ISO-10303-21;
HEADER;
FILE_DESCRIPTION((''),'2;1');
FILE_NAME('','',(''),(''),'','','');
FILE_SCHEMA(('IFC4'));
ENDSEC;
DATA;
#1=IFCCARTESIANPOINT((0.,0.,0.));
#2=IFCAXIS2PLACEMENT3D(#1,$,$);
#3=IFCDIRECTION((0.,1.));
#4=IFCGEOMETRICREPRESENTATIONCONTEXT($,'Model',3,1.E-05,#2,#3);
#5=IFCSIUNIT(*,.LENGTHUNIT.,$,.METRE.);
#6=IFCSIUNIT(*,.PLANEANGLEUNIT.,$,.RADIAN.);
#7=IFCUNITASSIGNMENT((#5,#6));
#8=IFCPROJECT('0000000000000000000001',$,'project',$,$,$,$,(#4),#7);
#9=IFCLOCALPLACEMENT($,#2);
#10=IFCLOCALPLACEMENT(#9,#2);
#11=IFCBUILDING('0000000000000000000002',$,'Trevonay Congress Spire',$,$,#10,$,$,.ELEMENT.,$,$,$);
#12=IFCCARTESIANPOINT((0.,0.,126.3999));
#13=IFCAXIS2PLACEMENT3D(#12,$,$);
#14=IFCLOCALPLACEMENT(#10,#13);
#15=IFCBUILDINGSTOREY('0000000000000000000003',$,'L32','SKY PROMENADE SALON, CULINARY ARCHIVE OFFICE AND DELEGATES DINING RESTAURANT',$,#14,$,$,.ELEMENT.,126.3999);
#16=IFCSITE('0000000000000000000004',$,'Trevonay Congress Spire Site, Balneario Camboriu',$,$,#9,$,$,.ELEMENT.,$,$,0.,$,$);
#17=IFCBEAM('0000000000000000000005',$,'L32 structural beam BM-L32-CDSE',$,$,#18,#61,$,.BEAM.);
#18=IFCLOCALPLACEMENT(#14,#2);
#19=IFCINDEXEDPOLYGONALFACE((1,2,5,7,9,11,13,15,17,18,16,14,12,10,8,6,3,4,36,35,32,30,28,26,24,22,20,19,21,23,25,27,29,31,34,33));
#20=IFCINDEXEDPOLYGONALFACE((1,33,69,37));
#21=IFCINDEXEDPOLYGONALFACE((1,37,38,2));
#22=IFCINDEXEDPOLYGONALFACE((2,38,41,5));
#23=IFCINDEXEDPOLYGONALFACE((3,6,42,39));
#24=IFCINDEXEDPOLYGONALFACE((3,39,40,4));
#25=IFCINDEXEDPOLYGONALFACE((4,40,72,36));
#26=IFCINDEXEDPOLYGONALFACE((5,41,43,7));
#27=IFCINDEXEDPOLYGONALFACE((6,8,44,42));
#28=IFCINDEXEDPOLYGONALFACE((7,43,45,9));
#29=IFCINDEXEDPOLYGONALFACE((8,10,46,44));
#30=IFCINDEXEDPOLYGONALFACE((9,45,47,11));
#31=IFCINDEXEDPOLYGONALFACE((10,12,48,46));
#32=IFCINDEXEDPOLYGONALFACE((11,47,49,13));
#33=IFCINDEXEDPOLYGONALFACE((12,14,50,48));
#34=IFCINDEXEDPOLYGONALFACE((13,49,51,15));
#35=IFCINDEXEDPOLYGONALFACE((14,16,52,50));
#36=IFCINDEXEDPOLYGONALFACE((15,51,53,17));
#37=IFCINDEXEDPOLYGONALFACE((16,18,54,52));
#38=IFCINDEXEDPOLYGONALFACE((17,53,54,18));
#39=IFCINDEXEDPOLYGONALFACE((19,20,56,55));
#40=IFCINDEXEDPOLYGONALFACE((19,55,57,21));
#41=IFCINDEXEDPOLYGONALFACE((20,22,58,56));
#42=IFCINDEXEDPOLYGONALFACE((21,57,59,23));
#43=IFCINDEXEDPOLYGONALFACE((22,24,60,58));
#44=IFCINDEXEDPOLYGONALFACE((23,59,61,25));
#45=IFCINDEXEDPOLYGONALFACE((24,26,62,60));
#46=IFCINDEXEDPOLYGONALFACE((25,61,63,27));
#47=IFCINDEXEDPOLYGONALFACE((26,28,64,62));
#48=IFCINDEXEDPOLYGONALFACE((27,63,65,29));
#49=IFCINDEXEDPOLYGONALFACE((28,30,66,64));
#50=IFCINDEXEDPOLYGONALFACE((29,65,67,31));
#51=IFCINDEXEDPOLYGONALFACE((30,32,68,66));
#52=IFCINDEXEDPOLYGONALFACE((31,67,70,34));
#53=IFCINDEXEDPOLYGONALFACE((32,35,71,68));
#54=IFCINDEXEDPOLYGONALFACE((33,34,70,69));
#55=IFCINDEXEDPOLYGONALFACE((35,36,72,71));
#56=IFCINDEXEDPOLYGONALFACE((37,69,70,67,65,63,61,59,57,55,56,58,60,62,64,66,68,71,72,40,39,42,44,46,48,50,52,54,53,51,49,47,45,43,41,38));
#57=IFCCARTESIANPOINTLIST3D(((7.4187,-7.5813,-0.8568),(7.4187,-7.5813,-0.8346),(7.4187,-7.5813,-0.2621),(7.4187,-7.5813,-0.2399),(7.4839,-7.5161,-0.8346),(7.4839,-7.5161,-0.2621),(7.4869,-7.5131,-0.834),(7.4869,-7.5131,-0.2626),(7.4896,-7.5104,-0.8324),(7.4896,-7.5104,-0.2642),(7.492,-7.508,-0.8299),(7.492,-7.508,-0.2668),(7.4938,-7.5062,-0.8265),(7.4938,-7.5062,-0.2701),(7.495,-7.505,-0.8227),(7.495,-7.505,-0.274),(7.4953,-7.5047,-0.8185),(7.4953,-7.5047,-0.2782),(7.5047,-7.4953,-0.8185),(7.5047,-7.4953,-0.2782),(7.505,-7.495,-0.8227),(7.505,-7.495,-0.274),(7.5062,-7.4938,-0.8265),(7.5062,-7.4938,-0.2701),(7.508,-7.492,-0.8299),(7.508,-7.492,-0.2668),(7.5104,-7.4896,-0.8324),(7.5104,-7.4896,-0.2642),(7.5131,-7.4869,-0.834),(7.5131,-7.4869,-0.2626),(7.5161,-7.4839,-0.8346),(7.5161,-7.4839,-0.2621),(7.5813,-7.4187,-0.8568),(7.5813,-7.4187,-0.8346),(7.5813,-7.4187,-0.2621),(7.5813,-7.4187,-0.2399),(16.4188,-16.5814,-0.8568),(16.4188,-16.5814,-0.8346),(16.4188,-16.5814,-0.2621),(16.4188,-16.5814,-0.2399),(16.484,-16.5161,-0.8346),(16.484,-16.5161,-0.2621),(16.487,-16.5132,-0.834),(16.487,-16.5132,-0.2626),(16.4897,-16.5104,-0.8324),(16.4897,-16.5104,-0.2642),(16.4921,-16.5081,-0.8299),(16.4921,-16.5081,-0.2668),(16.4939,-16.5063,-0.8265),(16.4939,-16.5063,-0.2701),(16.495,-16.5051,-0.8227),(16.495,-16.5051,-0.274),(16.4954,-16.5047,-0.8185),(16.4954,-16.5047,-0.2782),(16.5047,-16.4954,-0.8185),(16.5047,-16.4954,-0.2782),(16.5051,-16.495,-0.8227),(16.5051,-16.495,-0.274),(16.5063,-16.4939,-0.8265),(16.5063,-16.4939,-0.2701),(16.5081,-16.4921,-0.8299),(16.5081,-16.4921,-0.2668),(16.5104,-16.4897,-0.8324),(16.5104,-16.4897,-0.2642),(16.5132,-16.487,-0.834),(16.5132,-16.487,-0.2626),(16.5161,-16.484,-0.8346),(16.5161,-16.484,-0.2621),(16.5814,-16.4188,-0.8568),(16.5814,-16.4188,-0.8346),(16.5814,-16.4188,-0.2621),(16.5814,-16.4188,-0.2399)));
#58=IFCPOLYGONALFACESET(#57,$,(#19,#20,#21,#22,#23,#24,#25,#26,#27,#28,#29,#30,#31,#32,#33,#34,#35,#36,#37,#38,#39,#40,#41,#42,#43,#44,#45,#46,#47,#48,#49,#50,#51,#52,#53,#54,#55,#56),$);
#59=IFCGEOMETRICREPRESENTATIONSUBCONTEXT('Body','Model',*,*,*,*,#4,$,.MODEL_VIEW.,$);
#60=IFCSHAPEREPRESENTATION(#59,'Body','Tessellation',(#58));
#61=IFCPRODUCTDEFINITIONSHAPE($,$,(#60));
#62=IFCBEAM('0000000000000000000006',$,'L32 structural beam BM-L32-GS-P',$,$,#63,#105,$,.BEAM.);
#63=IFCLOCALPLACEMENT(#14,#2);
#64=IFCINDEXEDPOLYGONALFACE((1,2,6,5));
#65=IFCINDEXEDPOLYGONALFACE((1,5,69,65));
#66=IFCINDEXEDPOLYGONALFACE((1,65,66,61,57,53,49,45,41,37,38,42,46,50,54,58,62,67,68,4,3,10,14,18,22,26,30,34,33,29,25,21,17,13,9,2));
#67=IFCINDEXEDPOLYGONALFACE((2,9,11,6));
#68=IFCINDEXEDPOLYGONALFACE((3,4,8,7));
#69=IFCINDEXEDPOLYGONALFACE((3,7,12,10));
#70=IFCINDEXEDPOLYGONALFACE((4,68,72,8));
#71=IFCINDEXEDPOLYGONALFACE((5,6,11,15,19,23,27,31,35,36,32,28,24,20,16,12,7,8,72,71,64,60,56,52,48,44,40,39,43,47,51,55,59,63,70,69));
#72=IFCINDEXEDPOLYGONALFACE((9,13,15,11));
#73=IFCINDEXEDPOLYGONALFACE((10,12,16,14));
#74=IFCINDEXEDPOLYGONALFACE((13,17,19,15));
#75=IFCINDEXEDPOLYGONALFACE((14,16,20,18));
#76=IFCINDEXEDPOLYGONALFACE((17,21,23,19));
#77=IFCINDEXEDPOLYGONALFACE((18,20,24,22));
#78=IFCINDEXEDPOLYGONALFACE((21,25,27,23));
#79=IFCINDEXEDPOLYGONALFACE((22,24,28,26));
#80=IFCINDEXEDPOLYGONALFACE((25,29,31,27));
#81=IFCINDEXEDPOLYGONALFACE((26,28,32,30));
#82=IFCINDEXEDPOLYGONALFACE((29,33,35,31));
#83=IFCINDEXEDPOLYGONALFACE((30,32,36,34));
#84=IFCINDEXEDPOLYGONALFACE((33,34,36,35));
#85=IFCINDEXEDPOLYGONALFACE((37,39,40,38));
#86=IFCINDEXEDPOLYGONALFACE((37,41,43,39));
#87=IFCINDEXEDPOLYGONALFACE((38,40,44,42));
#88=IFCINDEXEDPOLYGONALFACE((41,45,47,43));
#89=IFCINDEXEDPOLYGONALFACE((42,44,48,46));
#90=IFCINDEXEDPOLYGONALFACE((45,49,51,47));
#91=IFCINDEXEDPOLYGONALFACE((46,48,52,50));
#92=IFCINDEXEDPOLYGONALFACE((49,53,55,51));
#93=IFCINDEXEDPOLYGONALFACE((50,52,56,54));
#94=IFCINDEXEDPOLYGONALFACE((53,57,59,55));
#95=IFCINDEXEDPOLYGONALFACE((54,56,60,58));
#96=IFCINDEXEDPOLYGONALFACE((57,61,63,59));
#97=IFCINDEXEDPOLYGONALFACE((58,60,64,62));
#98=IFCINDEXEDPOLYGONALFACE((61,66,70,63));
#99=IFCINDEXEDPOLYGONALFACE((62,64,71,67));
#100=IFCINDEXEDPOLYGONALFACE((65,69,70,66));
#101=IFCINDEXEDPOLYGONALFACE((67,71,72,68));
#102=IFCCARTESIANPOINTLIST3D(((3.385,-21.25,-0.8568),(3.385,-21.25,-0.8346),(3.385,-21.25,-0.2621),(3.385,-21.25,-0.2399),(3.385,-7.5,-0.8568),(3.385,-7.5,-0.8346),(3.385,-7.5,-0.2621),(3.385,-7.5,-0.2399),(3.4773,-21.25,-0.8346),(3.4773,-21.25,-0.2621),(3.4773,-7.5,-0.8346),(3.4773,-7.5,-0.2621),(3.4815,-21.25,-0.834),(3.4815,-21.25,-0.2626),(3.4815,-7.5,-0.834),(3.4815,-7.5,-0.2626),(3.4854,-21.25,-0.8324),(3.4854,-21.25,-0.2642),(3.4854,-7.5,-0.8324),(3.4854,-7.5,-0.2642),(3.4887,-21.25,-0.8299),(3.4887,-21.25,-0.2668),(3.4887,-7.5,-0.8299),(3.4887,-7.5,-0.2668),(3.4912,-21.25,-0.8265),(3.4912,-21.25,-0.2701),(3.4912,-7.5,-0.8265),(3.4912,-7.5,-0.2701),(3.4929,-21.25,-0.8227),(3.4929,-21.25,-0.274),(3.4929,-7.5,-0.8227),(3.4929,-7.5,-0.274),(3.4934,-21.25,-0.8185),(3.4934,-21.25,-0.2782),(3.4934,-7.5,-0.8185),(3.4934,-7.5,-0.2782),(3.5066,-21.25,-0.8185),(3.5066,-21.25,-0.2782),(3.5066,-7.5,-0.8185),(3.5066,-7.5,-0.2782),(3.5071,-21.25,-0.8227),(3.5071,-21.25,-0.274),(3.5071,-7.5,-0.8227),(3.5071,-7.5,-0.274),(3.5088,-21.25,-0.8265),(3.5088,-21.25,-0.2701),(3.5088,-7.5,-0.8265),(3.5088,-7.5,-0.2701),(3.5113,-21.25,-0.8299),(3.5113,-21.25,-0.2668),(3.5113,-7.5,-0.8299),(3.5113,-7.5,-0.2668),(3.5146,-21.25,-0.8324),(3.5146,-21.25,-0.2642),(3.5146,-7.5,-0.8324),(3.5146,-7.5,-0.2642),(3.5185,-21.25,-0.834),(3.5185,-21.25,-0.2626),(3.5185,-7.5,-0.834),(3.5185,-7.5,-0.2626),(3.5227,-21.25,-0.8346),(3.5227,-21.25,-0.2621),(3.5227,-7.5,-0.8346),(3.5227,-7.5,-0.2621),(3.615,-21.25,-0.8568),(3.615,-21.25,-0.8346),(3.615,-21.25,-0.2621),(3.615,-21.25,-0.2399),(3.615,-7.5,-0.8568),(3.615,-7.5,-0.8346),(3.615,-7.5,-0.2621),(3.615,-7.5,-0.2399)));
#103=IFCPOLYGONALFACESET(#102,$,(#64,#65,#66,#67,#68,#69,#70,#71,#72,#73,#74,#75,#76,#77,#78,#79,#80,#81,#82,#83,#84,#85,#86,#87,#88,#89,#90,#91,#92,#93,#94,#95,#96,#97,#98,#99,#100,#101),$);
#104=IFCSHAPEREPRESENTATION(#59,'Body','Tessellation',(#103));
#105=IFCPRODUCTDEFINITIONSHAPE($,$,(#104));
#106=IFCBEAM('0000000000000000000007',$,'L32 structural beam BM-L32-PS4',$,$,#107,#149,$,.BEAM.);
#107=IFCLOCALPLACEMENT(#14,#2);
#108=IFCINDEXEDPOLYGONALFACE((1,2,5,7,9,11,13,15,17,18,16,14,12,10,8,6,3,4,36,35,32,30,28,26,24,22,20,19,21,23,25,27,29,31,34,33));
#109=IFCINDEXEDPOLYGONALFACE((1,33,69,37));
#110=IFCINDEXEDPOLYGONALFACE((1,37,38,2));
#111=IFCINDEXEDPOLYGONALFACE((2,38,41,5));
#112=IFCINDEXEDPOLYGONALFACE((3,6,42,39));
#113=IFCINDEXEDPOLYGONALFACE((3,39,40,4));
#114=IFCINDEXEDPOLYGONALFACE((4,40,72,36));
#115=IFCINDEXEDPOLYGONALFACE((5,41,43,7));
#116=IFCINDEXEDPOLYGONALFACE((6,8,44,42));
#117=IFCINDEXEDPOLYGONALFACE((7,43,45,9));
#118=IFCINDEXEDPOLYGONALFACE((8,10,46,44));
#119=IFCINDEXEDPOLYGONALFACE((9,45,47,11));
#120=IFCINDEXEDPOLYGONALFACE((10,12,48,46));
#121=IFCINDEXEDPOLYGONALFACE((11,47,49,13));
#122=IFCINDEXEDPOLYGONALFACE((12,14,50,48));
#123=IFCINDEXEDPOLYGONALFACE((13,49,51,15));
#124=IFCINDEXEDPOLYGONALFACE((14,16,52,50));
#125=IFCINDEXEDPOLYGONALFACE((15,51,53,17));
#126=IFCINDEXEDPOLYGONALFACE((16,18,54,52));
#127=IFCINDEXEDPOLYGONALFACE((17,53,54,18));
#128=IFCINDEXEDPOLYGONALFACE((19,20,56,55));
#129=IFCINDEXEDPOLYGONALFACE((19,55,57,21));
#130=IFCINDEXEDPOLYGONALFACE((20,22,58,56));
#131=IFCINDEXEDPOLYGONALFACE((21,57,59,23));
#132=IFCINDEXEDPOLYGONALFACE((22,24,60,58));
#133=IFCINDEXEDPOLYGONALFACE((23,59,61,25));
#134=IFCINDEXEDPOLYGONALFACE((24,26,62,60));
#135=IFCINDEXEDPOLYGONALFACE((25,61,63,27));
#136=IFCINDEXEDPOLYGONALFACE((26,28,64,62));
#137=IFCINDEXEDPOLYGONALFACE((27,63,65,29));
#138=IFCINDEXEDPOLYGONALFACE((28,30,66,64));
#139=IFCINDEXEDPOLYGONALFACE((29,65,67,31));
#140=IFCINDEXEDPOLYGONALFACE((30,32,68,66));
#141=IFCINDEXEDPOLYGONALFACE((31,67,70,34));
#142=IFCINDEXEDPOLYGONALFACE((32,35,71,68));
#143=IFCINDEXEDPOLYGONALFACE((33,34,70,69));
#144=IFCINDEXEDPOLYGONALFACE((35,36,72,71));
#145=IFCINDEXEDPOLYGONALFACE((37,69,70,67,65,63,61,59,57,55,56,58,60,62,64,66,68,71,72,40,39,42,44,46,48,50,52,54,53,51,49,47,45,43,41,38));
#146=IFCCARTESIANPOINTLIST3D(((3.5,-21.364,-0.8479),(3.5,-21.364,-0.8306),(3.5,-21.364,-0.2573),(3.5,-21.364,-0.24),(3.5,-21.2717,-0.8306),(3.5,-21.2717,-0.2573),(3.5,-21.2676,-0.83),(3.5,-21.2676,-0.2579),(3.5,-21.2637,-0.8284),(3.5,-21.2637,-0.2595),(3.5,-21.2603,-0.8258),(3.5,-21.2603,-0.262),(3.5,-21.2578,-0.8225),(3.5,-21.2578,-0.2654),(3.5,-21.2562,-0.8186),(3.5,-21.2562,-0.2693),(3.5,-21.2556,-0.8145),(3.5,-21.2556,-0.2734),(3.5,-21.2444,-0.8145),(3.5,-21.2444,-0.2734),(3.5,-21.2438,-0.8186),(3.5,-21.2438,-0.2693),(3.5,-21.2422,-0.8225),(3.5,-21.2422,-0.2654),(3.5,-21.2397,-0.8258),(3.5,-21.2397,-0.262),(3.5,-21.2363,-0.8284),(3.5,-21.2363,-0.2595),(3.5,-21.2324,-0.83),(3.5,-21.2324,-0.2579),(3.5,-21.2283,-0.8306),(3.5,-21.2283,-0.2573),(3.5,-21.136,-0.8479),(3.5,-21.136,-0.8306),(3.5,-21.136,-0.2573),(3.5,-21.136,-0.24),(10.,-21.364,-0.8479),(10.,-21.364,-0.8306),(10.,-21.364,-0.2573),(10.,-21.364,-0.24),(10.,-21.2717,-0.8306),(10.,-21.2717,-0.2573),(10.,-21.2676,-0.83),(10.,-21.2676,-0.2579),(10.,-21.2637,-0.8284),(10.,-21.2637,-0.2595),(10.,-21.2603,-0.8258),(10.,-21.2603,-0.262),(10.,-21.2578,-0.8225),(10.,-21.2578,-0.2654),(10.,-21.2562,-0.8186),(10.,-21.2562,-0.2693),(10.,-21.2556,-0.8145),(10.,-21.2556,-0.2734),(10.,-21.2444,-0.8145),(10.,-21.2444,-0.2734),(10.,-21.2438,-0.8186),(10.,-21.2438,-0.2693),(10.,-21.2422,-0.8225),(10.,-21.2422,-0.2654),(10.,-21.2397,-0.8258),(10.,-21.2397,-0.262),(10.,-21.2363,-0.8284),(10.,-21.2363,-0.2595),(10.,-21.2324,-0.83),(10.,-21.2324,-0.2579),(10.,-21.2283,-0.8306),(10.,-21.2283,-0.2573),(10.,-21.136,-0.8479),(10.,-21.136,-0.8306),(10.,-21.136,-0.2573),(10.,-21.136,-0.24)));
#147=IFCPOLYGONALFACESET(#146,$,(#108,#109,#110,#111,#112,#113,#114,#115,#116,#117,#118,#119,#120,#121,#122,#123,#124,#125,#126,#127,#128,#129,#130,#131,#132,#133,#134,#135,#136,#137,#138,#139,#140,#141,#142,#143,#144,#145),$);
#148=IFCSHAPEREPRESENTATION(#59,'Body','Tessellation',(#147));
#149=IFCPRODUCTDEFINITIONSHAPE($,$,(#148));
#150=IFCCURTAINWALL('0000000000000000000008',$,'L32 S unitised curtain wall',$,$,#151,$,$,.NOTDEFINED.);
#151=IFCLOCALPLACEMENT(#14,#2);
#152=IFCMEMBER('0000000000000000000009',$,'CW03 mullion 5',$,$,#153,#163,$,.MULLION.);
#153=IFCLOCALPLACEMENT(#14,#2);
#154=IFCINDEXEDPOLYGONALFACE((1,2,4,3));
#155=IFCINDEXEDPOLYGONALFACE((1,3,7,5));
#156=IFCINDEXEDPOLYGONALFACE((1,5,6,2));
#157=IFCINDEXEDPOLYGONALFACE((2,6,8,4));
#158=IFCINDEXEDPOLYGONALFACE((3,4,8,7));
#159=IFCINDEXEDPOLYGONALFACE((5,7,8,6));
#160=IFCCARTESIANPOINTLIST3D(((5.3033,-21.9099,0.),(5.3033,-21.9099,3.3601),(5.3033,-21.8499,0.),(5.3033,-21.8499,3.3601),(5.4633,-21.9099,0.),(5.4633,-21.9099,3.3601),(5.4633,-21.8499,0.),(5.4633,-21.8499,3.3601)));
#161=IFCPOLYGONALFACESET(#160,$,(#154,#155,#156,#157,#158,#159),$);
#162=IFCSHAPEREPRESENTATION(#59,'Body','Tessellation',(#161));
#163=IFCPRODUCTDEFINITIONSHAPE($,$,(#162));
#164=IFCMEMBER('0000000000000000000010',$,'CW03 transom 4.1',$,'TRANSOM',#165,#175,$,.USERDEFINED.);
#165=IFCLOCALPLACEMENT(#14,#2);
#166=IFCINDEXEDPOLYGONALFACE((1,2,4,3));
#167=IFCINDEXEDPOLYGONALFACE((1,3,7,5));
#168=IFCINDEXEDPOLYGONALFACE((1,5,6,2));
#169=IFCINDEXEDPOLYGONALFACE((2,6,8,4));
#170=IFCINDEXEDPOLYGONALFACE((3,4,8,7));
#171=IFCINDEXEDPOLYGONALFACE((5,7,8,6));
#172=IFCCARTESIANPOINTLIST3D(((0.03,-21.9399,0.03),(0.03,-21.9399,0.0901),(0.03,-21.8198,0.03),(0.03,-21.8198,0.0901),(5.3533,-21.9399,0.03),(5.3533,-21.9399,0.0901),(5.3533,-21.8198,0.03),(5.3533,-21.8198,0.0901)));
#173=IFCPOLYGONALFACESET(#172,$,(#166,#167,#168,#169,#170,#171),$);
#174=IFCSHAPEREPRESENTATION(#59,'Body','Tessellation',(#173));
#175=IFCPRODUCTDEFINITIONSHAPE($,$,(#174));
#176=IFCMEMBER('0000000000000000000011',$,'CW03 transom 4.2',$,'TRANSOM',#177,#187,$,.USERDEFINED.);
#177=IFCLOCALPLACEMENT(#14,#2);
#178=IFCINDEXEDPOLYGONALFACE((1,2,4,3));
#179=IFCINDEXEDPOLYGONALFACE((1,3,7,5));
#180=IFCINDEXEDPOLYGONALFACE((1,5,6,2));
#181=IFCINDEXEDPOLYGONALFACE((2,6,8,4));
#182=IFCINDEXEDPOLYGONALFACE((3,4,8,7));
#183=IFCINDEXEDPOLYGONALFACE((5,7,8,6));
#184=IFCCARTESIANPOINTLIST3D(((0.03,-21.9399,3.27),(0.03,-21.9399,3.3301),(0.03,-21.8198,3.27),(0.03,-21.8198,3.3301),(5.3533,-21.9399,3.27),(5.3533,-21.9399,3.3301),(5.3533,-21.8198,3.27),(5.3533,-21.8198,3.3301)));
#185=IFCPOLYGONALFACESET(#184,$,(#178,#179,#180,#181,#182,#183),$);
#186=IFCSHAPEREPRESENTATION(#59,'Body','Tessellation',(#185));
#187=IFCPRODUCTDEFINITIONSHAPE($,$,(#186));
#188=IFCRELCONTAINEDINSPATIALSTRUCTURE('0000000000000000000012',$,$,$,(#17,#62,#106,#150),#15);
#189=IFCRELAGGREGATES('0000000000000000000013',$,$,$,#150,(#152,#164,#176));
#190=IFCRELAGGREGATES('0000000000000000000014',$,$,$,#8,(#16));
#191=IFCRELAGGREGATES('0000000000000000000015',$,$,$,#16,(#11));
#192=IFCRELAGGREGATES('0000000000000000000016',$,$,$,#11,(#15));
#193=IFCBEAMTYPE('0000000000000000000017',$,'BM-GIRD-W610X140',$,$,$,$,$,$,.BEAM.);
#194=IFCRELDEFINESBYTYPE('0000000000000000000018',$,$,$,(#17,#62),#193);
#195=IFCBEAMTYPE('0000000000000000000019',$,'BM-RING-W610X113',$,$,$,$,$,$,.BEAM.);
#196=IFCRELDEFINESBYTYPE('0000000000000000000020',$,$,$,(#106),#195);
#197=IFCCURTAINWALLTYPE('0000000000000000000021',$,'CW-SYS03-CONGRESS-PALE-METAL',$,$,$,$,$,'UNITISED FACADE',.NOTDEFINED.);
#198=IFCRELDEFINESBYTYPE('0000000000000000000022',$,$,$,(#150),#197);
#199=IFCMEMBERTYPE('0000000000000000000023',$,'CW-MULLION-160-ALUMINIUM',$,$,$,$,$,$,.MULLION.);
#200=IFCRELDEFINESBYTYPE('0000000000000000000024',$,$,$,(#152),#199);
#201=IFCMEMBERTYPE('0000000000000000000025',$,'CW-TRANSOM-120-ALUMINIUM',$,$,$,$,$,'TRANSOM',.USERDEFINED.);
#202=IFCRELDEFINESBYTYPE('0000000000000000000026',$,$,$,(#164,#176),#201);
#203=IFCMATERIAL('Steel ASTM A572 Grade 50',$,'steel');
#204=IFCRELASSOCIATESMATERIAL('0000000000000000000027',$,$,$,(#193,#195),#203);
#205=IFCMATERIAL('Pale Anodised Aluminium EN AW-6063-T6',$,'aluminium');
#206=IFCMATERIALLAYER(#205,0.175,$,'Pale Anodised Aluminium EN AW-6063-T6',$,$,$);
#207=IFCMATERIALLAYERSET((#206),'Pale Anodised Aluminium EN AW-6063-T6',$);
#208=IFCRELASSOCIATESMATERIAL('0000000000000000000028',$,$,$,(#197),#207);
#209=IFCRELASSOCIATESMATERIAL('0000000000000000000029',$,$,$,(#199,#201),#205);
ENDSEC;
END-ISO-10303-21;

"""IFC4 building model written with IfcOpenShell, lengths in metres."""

from ifc_helpers import new_model, si_unit, direction, frame, origin, origin_2d, place, context, subcontext, project, spatial, rectangle, i_section, extrude, material, layer, layer_set, material_profile, profile_set, type_object, element, aggregate, save


model = new_model("IFC4")

# Units and contexts
model_context = context("Model", 3, precision=1e-05, world=origin(), true_north=direction((0.0, 1.0)))
body_context = subcontext(model_context, "Body", "Model", "MODEL_VIEW")
ifc_project = project(units=[si_unit("LENGTHUNIT", "METRE"), si_unit("PLANEANGLEUNIT", "RADIAN")], contexts=[model_context])

# Site, building, storey
site_placement = place(None, origin())
site = spatial("IfcSite", under=ifc_project, at=site_placement, Name="Trevonay Congress Spire Site, Balneario Camboriu", CompositionType="ELEMENT", RefElevation=0.0)
building_placement = place(site_placement, origin())
building = spatial("IfcBuilding", under=site, at=building_placement, Name="Trevonay Congress Spire", CompositionType="ELEMENT")
storey_placement = place(building_placement, frame((0.0, 0.0, 126.3999)))
storey = spatial("IfcBuildingStorey", under=building, at=storey_placement, Name="L32", Description="SKY PROMENADE SALON, CULINARY ARCHIVE OFFICE AND DELEGATES DINING RESTAURANT", CompositionType="ELEMENT", Elevation=126.3999)

# Shared definitions
ifc_material_1 = material(Name="Steel ASTM A572 Grade 50", Category="steel")

# Beams
ifc_material_profile_1 = material_profile(ifc_material_1, i_section(OverallWidth=0.23, OverallDepth=0.6169, WebThickness=0.0132, FlangeThickness=0.0222, FilletRadius=0.0161, at=origin_2d()), Name="W610x140")
ifc_profile_set_1 = profile_set([ifc_material_profile_1], Name="Steel ASTM A572 Grade 50")
beam_type_1 = type_object("IfcBeamType", Name="BM-GIRD-W610X140", PredefinedType="BEAM", material=ifc_profile_set_1)
beam_1_placement = place(storey_placement, frame((7.5, -7.5, -0.5483), z_axis=(0.707107, -0.707107, 0.0), x_axis=(0.707107, 0.707107, 0.0)))
element("IfcBeam", 1, at=beam_1_placement, inside=storey, type_object=beam_type_1, Name="L32 structural beam BM-L32-CDSE", PredefinedType="BEAM", context=body_context, shape_type="SweptSolid", body=[
    extrude(i_section(OverallWidth=0.23, OverallDepth=0.6169, WebThickness=0.0132, FlangeThickness=0.0222, FilletRadius=0.0161, at=origin_2d()), origin(), (0.0, 0.0, 1.0), 12.728),
])
beam_2_placement = place(storey_placement, frame((3.5, -7.5, -0.5483), z_axis=(0.0, -1.0, 0.0), x_axis=(1.0, 0.0, 0.0)))
element("IfcBeam", 2, at=beam_2_placement, inside=storey, type_object=beam_type_1, Name="L32 structural beam BM-L32-GS-P", PredefinedType="BEAM", context=body_context, shape_type="SweptSolid", body=[
    extrude(i_section(OverallWidth=0.23, OverallDepth=0.6169, WebThickness=0.0132, FlangeThickness=0.0222, FilletRadius=0.0161, at=origin_2d()), origin(), (0.0, 0.0, 1.0), 13.75),
])
ifc_material_profile_2 = material_profile(ifc_material_1, i_section(OverallWidth=0.228, OverallDepth=0.6079, WebThickness=0.0112, FlangeThickness=0.0173, FilletRadius=0.0161, at=origin_2d()), Name="W610x113")
ifc_profile_set_2 = profile_set([ifc_material_profile_2], Name="Steel ASTM A572 Grade 50")
beam_type_2 = type_object("IfcBeamType", Name="BM-RING-W610X113", PredefinedType="BEAM", material=ifc_profile_set_2)
beam_3_placement = place(storey_placement, frame((3.5, -21.25, -0.5439), z_axis=(1.0, 0.0, 0.0), x_axis=(0.0, 1.0, 0.0)))
element("IfcBeam", 3, at=beam_3_placement, inside=storey, type_object=beam_type_2, Name="L32 structural beam BM-L32-PS4", PredefinedType="BEAM", context=body_context, shape_type="SweptSolid", body=[
    extrude(i_section(OverallWidth=0.228, OverallDepth=0.6079, WebThickness=0.0112, FlangeThickness=0.0173, FilletRadius=0.0161, at=origin_2d()), origin(), (0.0, 0.0, 1.0), 6.5),
])

# Curtain wall, members
ifc_material_2 = material(Name="Pale Anodised Aluminium EN AW-6063-T6", Category="aluminium")
ifc_layer_1 = layer(ifc_material_2, 0.175, Name="Pale Anodised Aluminium EN AW-6063-T6")
ifc_layer_set_1 = layer_set([ifc_layer_1], Name="Pale Anodised Aluminium EN AW-6063-T6")
curtain_wall_type = type_object("IfcCurtainWallType", Name="CW-SYS03-CONGRESS-PALE-METAL", ElementType="UNITISED FACADE", PredefinedType="NOTDEFINED", material=ifc_layer_set_1)
curtain_wall_placement = place(storey_placement, origin())
curtain_wall = element("IfcCurtainWall", 4, at=curtain_wall_placement, inside=storey, type_object=curtain_wall_type, Name="L32 S unitised curtain wall", PredefinedType="NOTDEFINED")
ifc_material_profile_3 = material_profile(ifc_material_2, rectangle(XDim=0.0601, YDim=0.1599, at=origin_2d()), Name="CW-MULLION-160-ALUMINIUM")
ifc_profile_set_3 = profile_set([ifc_material_profile_3], Name="Pale Anodised Aluminium EN AW-6063-T6")
member_type_1 = type_object("IfcMemberType", Name="CW-MULLION-160-ALUMINIUM", PredefinedType="MULLION", material=ifc_profile_set_3)
member_1_placement = place(storey_placement, frame((5.3833, -21.8799, 0.0), z_axis=(0.0, 0.0, 1.0), x_axis=(0.0, 1.0, 0.0)))
member_1 = element("IfcMember", 5, at=member_1_placement, type_object=member_type_1, Name="CW03 mullion 5", PredefinedType="MULLION", context=body_context, shape_type="SweptSolid", body=[
    extrude(rectangle(XDim=0.0601, YDim=0.1599, at=origin_2d()), origin(), (0.0, 0.0, 1.0), 3.3601),
])
ifc_material_profile_4 = material_profile(ifc_material_2, rectangle(XDim=0.1201, YDim=0.0601, at=origin_2d()), Name="CW-TRANSOM-120-ALUMINIUM")
ifc_profile_set_4 = profile_set([ifc_material_profile_4], Name="Pale Anodised Aluminium EN AW-6063-T6")
member_type_2 = type_object("IfcMemberType", Name="CW-TRANSOM-120-ALUMINIUM", ElementType="TRANSOM", PredefinedType="USERDEFINED", material=ifc_profile_set_4)
member_2_placement = place(storey_placement, frame((0.03, -21.8799, 0.0601), z_axis=(1.0, 0.0, 0.0), x_axis=(0.0, 1.0, 0.0)))
member_2 = element("IfcMember", 6, at=member_2_placement, type_object=member_type_2, Name="CW03 transom 4.1", ObjectType="TRANSOM", PredefinedType="USERDEFINED", context=body_context, shape_type="SweptSolid", body=[
    extrude(rectangle(XDim=0.1201, YDim=0.0601, at=origin_2d()), origin(), (0.0, 0.0, 1.0), 5.3232),
])
member_3_placement = place(storey_placement, frame((0.03, -21.8799, 3.3), z_axis=(1.0, 0.0, 0.0), x_axis=(0.0, 1.0, 0.0)))
member_3 = element("IfcMember", 7, at=member_3_placement, type_object=member_type_2, Name="CW03 transom 4.2", ObjectType="TRANSOM", PredefinedType="USERDEFINED", context=body_context, shape_type="SweptSolid", body=[
    extrude(rectangle(XDim=0.1201, YDim=0.0601, at=origin_2d()), origin(), (0.0, 0.0, 1.0), 5.3232),
])
aggregate(curtain_wall, [member_1, member_2, member_3])

save(model, "model.ifc")
